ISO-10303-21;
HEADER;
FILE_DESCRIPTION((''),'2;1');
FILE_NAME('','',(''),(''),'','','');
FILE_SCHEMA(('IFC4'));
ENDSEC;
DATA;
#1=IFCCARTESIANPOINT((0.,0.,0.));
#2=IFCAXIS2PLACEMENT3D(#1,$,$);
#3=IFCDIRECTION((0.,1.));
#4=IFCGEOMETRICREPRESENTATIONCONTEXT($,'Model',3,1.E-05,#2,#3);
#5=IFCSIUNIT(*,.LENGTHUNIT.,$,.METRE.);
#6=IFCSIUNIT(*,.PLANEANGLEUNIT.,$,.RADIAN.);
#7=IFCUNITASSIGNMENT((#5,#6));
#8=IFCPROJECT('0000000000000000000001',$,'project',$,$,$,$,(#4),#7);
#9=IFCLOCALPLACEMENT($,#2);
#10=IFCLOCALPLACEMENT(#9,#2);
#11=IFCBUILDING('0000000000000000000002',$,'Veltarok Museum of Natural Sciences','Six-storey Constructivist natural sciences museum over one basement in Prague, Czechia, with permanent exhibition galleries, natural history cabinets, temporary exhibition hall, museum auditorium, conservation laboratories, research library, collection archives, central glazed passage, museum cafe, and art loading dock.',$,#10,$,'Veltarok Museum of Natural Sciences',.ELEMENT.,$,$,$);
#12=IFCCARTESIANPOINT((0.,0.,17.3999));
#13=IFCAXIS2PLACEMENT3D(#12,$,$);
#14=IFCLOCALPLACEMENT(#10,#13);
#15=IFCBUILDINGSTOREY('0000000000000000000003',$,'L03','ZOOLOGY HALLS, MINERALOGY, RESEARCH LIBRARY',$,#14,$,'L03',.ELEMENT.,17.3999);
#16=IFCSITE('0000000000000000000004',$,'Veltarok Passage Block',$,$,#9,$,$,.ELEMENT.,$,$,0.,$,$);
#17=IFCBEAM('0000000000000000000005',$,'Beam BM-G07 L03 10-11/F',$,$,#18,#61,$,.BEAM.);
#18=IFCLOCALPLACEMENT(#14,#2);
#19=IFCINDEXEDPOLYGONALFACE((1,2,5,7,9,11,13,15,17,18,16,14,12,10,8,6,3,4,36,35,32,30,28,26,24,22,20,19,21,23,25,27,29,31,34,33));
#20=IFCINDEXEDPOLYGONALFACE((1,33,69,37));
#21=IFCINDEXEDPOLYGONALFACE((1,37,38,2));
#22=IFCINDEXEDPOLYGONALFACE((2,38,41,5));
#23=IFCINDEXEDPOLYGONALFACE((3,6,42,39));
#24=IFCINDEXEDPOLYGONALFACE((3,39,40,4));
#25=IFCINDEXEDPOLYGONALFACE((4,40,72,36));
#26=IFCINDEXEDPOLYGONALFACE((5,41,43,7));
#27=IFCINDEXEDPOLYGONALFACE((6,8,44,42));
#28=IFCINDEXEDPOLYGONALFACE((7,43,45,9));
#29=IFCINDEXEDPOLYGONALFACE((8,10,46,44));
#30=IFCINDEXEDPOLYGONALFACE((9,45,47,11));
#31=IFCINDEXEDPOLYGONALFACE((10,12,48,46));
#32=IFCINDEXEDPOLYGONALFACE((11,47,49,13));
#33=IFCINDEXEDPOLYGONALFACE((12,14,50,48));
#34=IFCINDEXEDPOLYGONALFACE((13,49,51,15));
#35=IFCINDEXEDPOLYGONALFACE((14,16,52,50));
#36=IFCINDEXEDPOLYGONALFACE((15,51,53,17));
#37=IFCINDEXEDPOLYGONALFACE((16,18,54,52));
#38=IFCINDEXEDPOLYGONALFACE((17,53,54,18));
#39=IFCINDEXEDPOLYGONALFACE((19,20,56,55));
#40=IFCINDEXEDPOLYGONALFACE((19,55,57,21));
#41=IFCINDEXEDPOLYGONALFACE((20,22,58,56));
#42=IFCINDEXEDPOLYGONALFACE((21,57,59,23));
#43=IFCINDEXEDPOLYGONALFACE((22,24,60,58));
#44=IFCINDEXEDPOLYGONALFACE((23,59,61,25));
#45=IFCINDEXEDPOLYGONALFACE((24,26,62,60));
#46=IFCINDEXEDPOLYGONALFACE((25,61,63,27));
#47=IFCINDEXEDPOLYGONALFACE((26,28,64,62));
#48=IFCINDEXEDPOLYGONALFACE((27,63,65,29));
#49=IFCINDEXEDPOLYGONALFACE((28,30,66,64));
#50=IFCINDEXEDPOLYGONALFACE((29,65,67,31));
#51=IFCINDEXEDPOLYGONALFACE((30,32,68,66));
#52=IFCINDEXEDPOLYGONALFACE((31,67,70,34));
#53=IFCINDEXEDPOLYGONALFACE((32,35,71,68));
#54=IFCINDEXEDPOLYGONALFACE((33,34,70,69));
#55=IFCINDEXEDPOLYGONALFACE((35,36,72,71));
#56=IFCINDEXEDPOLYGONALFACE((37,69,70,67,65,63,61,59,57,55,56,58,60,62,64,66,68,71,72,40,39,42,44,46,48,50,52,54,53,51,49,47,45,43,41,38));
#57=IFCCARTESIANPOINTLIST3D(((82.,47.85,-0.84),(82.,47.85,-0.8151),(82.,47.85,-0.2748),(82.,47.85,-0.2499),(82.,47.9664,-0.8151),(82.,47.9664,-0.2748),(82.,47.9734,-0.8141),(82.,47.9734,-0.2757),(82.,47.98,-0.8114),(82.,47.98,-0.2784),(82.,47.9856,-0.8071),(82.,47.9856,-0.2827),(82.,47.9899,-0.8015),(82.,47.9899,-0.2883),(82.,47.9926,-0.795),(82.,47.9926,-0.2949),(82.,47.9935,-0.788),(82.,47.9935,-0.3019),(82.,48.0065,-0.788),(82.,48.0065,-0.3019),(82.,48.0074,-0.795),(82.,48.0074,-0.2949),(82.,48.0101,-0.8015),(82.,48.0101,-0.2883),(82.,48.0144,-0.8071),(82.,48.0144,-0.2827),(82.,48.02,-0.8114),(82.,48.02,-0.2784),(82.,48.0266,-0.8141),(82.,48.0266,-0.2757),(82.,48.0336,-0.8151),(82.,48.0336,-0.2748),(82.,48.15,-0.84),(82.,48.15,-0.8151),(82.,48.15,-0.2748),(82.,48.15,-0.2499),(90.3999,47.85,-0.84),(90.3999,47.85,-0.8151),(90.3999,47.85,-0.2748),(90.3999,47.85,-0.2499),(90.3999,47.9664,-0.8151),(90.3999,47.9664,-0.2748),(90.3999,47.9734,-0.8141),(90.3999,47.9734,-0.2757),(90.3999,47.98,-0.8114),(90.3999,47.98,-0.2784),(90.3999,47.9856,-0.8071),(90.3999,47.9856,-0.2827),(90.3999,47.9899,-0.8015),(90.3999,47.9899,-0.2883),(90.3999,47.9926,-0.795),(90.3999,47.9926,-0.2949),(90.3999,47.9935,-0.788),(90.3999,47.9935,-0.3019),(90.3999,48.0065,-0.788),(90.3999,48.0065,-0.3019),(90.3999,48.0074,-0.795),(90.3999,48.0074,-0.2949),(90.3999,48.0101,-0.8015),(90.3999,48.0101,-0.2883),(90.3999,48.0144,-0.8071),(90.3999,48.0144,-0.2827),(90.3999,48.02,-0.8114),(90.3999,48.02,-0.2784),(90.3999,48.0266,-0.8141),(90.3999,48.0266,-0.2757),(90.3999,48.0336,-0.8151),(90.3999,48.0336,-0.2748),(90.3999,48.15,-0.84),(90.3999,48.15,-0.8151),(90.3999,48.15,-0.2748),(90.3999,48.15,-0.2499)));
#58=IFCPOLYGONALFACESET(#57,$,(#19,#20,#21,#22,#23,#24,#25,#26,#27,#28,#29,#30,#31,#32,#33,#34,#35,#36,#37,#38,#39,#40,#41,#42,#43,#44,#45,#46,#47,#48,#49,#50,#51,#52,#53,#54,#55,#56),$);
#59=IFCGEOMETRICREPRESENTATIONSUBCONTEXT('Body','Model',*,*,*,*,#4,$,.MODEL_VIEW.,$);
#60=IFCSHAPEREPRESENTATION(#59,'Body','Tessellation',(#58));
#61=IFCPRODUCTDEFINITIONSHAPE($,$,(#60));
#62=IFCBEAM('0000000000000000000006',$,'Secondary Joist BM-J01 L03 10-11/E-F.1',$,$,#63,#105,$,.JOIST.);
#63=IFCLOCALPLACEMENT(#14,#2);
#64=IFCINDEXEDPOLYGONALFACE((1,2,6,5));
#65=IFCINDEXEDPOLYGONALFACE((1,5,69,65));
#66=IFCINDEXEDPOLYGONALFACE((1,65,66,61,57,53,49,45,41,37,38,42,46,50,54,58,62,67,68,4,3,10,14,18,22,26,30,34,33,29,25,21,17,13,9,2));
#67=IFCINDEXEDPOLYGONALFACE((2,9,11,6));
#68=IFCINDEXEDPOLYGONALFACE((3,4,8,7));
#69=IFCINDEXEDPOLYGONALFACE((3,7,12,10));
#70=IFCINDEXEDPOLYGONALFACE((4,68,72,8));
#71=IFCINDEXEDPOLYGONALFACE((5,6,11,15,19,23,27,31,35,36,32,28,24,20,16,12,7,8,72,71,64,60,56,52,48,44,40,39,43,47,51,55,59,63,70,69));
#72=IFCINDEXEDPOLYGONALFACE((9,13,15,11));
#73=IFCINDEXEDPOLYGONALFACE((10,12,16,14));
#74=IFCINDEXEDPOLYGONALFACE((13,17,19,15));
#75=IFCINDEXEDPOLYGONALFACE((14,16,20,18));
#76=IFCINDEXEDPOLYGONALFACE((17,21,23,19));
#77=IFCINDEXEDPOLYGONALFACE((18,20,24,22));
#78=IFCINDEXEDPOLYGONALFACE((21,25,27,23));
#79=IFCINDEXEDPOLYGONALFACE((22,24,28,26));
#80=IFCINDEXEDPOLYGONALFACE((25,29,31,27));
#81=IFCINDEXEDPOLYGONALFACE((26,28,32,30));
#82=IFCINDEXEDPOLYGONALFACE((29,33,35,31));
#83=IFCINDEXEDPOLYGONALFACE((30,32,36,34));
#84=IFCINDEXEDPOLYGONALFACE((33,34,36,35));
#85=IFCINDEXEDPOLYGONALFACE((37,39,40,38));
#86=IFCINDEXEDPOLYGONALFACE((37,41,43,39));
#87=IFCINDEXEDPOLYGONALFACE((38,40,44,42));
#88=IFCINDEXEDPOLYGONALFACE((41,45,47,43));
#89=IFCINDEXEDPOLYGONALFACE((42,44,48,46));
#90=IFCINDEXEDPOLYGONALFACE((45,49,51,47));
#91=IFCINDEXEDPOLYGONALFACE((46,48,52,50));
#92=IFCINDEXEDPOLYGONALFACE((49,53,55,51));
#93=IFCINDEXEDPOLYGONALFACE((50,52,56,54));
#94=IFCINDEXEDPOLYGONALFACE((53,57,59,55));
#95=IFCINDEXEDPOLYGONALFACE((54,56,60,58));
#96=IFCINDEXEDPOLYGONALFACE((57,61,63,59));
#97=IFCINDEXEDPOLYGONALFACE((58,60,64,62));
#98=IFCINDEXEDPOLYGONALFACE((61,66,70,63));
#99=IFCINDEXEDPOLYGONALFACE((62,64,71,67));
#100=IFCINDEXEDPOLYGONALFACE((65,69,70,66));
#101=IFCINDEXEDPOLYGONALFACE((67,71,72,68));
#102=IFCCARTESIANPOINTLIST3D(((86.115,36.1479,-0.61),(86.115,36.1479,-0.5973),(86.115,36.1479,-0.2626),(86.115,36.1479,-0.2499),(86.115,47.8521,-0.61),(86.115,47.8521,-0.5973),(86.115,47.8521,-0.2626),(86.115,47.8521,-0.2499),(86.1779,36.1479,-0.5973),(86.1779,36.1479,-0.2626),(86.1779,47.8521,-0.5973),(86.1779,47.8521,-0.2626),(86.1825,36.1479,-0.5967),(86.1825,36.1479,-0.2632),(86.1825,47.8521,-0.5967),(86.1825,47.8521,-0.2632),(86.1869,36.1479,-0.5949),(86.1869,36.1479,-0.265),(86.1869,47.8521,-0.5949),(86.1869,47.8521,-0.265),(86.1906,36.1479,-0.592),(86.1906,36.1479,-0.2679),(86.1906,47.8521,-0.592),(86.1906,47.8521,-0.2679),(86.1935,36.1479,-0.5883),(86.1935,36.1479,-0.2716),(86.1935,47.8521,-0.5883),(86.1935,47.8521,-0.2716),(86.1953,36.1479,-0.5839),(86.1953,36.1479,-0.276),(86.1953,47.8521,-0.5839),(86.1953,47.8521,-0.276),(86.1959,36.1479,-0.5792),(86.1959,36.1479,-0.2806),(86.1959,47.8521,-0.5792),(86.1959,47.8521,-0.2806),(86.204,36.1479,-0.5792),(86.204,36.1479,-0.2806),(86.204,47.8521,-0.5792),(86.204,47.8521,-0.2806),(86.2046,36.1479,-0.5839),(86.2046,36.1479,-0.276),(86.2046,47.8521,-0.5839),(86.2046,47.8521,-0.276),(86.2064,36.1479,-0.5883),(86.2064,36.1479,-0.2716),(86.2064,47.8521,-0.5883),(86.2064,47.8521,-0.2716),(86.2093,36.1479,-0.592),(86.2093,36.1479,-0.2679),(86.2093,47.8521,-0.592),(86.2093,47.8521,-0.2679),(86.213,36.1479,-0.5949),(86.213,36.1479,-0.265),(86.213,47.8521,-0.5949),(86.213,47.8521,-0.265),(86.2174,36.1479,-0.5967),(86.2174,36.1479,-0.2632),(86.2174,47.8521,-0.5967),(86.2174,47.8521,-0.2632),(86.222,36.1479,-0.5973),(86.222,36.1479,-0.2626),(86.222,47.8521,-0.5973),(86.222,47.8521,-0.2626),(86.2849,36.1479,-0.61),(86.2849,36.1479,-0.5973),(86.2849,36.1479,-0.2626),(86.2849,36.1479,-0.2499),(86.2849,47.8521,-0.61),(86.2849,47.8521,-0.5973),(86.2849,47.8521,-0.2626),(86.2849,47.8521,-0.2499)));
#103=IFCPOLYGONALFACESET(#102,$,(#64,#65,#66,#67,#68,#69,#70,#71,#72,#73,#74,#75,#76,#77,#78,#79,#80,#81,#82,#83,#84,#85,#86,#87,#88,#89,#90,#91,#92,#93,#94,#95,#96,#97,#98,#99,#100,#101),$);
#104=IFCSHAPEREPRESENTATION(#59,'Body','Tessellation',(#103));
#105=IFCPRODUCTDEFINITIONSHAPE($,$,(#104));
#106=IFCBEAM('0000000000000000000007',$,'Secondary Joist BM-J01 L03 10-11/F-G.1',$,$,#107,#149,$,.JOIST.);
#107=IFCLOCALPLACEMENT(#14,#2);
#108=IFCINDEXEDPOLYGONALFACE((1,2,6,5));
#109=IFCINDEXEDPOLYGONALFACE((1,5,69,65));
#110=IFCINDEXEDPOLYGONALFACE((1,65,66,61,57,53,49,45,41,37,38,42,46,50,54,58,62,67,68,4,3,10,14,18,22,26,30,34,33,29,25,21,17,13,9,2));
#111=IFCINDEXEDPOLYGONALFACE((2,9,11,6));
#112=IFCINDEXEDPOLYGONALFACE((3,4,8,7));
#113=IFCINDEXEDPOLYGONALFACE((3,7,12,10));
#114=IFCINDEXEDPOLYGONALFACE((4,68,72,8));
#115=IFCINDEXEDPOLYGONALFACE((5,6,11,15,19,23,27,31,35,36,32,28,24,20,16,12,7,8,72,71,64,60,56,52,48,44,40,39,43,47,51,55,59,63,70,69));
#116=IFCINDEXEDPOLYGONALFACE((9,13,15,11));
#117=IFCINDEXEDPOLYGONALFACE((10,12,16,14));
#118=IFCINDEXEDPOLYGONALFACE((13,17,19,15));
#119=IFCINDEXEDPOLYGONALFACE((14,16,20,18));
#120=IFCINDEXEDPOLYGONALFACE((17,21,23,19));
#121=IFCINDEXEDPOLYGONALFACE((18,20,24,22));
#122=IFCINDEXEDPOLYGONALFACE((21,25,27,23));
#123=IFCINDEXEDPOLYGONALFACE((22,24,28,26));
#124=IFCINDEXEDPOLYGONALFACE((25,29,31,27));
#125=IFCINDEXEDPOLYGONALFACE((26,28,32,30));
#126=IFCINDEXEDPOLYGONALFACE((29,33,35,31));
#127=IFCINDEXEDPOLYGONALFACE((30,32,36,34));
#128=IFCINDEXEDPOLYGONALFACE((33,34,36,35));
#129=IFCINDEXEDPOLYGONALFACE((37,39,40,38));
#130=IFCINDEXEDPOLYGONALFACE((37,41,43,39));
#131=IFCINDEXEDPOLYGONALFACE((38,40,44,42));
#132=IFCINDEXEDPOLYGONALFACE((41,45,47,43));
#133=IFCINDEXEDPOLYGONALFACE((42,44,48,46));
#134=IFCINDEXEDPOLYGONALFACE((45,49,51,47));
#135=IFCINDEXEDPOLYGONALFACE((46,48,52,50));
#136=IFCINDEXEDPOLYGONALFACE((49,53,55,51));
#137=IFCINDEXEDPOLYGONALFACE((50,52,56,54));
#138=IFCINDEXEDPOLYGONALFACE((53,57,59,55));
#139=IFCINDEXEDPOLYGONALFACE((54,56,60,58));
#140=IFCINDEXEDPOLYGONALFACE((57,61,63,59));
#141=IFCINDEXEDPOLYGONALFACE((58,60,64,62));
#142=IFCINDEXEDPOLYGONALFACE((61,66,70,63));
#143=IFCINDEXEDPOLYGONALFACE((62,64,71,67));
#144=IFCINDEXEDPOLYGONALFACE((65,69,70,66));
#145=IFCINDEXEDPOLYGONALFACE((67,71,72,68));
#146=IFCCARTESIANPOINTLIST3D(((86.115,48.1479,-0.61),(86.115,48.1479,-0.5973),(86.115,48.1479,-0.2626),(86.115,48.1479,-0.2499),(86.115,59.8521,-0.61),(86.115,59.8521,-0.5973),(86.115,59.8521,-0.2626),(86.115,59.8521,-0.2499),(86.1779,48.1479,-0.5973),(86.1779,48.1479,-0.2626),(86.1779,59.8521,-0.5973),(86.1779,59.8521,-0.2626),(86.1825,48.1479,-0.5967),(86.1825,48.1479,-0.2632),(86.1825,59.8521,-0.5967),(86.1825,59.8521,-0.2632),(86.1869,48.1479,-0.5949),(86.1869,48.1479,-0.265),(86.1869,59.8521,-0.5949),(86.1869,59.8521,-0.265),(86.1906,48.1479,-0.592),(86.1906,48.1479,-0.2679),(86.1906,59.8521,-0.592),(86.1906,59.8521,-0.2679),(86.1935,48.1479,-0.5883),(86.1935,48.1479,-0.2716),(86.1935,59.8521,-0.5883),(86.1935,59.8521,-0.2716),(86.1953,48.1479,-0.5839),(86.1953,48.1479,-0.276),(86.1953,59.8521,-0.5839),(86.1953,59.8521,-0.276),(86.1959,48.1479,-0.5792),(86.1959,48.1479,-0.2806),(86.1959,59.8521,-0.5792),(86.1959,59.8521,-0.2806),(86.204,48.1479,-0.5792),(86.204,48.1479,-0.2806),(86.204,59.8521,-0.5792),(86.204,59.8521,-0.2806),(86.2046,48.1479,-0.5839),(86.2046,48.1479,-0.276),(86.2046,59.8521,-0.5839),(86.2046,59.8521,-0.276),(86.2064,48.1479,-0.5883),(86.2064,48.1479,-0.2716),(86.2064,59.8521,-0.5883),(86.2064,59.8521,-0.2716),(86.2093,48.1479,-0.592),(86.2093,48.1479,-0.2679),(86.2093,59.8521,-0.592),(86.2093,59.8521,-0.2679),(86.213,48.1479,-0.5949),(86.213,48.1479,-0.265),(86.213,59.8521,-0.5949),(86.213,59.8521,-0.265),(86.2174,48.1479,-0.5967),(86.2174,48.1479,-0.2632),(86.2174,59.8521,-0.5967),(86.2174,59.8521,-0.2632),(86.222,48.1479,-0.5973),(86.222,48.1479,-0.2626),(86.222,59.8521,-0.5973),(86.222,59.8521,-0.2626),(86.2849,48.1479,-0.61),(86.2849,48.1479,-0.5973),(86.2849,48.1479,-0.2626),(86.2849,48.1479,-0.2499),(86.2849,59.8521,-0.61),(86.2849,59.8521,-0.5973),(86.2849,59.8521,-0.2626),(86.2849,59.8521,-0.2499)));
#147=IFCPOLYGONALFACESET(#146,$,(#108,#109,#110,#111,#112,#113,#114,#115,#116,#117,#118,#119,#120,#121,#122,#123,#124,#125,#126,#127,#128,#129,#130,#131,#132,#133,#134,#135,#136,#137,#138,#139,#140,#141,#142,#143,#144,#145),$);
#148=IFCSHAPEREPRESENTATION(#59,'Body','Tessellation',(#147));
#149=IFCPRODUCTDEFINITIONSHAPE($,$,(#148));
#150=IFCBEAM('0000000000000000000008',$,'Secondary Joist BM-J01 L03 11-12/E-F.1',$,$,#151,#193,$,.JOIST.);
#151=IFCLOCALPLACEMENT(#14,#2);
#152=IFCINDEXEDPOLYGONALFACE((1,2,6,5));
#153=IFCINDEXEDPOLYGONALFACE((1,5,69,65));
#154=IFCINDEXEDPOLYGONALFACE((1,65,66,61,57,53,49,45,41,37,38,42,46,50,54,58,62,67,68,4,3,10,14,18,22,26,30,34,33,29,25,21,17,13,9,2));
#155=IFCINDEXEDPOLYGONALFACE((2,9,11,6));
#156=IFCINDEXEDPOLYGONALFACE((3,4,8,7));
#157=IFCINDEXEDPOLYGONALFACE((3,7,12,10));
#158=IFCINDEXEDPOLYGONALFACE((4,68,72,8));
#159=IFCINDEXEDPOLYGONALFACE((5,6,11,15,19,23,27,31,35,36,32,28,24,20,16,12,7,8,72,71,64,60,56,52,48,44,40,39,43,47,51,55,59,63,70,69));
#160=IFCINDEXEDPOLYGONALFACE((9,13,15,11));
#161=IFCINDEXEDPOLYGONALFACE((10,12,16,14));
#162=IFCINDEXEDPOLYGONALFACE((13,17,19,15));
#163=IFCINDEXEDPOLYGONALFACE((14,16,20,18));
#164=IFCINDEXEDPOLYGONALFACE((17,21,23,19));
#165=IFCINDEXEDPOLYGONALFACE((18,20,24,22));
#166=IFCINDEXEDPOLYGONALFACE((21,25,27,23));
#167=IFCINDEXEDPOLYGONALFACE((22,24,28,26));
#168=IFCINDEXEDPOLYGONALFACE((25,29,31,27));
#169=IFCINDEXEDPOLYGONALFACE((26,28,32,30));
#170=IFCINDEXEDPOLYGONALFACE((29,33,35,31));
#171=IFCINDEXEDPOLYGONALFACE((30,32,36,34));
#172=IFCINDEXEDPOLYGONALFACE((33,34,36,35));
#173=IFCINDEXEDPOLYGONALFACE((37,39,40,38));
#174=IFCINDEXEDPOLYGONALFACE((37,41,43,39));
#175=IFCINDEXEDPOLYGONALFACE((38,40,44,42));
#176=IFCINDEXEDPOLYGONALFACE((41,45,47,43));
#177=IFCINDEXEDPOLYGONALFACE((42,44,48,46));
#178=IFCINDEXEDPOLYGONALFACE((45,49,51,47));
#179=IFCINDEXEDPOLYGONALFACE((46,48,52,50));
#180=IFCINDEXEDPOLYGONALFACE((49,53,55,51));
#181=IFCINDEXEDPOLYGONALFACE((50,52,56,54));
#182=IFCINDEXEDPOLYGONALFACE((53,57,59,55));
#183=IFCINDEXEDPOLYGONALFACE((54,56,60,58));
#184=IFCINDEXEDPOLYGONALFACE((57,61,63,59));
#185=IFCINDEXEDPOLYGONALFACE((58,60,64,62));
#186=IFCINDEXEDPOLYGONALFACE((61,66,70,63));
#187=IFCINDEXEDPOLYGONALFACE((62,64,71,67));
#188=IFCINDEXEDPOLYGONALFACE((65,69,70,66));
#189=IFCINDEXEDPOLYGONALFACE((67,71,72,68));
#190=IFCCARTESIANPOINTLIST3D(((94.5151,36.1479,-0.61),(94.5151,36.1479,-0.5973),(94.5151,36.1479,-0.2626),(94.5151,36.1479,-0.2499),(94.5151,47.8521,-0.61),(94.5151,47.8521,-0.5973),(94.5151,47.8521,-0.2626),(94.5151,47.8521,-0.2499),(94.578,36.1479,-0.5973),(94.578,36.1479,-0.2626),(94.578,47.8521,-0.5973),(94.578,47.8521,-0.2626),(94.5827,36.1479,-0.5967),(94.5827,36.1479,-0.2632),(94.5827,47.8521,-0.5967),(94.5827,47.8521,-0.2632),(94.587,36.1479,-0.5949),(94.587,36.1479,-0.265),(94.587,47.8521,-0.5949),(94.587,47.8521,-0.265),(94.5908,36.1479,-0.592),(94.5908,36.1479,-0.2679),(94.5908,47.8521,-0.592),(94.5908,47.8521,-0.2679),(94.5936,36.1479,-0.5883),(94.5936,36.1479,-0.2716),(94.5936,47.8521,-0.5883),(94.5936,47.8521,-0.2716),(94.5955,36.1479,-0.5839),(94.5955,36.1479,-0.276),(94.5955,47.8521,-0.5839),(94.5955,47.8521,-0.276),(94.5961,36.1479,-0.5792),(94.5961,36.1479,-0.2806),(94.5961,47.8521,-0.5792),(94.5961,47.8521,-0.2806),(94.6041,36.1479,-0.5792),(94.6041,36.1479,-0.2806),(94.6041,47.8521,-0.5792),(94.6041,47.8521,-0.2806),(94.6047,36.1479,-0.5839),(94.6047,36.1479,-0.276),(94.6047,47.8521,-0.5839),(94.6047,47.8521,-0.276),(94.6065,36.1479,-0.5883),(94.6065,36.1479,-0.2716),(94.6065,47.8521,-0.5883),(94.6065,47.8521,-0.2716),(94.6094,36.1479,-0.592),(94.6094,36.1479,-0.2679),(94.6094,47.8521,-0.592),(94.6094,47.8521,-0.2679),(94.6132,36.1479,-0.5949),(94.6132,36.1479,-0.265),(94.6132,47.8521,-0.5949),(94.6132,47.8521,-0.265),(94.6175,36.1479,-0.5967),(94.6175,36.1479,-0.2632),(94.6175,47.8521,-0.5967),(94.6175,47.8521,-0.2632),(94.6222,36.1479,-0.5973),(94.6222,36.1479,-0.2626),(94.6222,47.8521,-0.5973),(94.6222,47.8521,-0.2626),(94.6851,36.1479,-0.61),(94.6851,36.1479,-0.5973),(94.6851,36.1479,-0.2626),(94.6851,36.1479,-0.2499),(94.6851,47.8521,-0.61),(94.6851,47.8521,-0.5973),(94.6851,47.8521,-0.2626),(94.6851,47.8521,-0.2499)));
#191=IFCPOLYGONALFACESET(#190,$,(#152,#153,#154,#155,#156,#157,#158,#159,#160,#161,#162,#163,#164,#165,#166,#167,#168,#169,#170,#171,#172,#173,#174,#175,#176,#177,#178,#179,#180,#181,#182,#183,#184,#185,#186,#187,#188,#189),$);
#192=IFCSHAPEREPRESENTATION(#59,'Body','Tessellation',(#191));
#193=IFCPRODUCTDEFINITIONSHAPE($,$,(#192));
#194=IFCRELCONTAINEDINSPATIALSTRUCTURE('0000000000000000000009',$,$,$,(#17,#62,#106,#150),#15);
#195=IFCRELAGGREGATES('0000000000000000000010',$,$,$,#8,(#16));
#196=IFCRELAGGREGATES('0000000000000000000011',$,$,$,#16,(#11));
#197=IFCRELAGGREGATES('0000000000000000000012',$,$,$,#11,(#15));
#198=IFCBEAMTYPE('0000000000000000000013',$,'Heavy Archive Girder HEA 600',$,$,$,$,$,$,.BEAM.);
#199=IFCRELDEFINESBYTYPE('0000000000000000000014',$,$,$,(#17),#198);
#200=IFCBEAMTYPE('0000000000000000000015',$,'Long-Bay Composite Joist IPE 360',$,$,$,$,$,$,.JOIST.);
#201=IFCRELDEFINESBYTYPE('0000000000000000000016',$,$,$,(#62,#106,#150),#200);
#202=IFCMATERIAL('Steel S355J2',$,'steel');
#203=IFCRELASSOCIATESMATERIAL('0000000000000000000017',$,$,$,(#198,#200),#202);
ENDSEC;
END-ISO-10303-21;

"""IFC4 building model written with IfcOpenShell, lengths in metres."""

from ifc_helpers import new_model, si_unit, direction, frame, origin, origin_2d, place, context, subcontext, project, spatial, i_section, extrude, material, material_profile, profile_set, type_object, element, save


model = new_model("IFC4")

# Units and contexts
model_context = context("Model", 3, precision=1e-05, world=origin(), true_north=direction((0.0, 1.0)))
body_context = subcontext(model_context, "Body", "Model", "MODEL_VIEW")
ifc_project = project(units=[si_unit("LENGTHUNIT", "METRE"), si_unit("PLANEANGLEUNIT", "RADIAN")], contexts=[model_context])

# Site, building, storey
site_placement = place(None, origin())
site = spatial("IfcSite", under=ifc_project, at=site_placement, Name="Veltarok Passage Block", CompositionType="ELEMENT", RefElevation=0.0)
building_placement = place(site_placement, origin())
building = spatial("IfcBuilding", under=site, at=building_placement, Name="Veltarok Museum of Natural Sciences", Description="Six-storey Constructivist natural sciences museum over one basement in Prague, Czechia, with permanent exhibition galleries, natural history cabinets, temporary exhibition hall, museum auditorium, conservation laboratories, research library, collection archives, central glazed passage, museum cafe, and art loading dock.", LongName="Veltarok Museum of Natural Sciences", CompositionType="ELEMENT")
storey_placement = place(building_placement, frame((0.0, 0.0, 17.3999)))
storey = spatial("IfcBuildingStorey", under=building, at=storey_placement, Name="L03", Description="ZOOLOGY HALLS, MINERALOGY, RESEARCH LIBRARY", LongName="L03", CompositionType="ELEMENT", Elevation=17.3999)

# Shared definitions
ifc_material_1 = material(Name="Steel S355J2", Category="steel")

# Beams
ifc_material_profile_1 = material_profile(ifc_material_1, i_section(OverallWidth=0.3, OverallDepth=0.5901, WebThickness=0.0129, FlangeThickness=0.0249, FilletRadius=0.0271, at=origin_2d()), Name="HEA 600")
ifc_profile_set_1 = profile_set([ifc_material_profile_1], Name="Steel S355J2")
beam_type_1 = type_object("IfcBeamType", Name="Heavy Archive Girder HEA 600", PredefinedType="BEAM", material=ifc_profile_set_1)
for number, where, z_axis, x_axis, name in (
    (1, (82.0, 48.0, -0.5449), (1.0, 0.0, 0.0), (0.0, 1.0, 0.0), "Beam BM-G07 L03 10-11/F"),
):
    element("IfcBeam", number, at=place(storey_placement, frame(where, z_axis=z_axis, x_axis=x_axis)), inside=storey, type_object=beam_type_1, Name=name, PredefinedType="BEAM", context=body_context, shape_type="SweptSolid", body=[
        extrude(i_section(OverallWidth=0.3, OverallDepth=0.5901, WebThickness=0.0129, FlangeThickness=0.0249, FilletRadius=0.0271, at=origin_2d()), origin(), (0.0, 0.0, 1.0), 8.3999),
    ])
ifc_material_profile_2 = material_profile(ifc_material_1, i_section(OverallWidth=0.1699, OverallDepth=0.3601, WebThickness=0.0081, FlangeThickness=0.0127, FilletRadius=0.0181, at=origin_2d()), Name="IPE 360")
ifc_profile_set_2 = profile_set([ifc_material_profile_2], Name="Steel S355J2")
beam_type_2 = type_object("IfcBeamType", Name="Long-Bay Composite Joist IPE 360", PredefinedType="JOIST", material=ifc_profile_set_2)
for number, where, z_axis, x_axis, name in (
    (2, (86.2, 36.1479, -0.4299), (0.0, 1.0, 0.0), (-1.0, 0.0, 0.0), "Secondary Joist BM-J01 L03 10-11/E-F.1"),
    (3, (86.2, 48.1479, -0.4299), (0.0, 1.0, 0.0), (-1.0, 0.0, 0.0), "Secondary Joist BM-J01 L03 10-11/F-G.1"),
    (4, (94.6001, 36.1479, -0.4299), (0.0, 1.0, 0.0), (-1.0, 0.0, 0.0), "Secondary Joist BM-J01 L03 11-12/E-F.1"),
):
    element("IfcBeam", number, at=place(storey_placement, frame(where, z_axis=z_axis, x_axis=x_axis)), inside=storey, type_object=beam_type_2, Name=name, PredefinedType="JOIST", context=body_context, shape_type="SweptSolid", body=[
        extrude(i_section(OverallWidth=0.1699, OverallDepth=0.3601, WebThickness=0.0081, FlangeThickness=0.0127, FilletRadius=0.0181, at=origin_2d()), origin(), (0.0, 0.0, 1.0), 11.7041),
    ])

save(model, "model.ifc")
